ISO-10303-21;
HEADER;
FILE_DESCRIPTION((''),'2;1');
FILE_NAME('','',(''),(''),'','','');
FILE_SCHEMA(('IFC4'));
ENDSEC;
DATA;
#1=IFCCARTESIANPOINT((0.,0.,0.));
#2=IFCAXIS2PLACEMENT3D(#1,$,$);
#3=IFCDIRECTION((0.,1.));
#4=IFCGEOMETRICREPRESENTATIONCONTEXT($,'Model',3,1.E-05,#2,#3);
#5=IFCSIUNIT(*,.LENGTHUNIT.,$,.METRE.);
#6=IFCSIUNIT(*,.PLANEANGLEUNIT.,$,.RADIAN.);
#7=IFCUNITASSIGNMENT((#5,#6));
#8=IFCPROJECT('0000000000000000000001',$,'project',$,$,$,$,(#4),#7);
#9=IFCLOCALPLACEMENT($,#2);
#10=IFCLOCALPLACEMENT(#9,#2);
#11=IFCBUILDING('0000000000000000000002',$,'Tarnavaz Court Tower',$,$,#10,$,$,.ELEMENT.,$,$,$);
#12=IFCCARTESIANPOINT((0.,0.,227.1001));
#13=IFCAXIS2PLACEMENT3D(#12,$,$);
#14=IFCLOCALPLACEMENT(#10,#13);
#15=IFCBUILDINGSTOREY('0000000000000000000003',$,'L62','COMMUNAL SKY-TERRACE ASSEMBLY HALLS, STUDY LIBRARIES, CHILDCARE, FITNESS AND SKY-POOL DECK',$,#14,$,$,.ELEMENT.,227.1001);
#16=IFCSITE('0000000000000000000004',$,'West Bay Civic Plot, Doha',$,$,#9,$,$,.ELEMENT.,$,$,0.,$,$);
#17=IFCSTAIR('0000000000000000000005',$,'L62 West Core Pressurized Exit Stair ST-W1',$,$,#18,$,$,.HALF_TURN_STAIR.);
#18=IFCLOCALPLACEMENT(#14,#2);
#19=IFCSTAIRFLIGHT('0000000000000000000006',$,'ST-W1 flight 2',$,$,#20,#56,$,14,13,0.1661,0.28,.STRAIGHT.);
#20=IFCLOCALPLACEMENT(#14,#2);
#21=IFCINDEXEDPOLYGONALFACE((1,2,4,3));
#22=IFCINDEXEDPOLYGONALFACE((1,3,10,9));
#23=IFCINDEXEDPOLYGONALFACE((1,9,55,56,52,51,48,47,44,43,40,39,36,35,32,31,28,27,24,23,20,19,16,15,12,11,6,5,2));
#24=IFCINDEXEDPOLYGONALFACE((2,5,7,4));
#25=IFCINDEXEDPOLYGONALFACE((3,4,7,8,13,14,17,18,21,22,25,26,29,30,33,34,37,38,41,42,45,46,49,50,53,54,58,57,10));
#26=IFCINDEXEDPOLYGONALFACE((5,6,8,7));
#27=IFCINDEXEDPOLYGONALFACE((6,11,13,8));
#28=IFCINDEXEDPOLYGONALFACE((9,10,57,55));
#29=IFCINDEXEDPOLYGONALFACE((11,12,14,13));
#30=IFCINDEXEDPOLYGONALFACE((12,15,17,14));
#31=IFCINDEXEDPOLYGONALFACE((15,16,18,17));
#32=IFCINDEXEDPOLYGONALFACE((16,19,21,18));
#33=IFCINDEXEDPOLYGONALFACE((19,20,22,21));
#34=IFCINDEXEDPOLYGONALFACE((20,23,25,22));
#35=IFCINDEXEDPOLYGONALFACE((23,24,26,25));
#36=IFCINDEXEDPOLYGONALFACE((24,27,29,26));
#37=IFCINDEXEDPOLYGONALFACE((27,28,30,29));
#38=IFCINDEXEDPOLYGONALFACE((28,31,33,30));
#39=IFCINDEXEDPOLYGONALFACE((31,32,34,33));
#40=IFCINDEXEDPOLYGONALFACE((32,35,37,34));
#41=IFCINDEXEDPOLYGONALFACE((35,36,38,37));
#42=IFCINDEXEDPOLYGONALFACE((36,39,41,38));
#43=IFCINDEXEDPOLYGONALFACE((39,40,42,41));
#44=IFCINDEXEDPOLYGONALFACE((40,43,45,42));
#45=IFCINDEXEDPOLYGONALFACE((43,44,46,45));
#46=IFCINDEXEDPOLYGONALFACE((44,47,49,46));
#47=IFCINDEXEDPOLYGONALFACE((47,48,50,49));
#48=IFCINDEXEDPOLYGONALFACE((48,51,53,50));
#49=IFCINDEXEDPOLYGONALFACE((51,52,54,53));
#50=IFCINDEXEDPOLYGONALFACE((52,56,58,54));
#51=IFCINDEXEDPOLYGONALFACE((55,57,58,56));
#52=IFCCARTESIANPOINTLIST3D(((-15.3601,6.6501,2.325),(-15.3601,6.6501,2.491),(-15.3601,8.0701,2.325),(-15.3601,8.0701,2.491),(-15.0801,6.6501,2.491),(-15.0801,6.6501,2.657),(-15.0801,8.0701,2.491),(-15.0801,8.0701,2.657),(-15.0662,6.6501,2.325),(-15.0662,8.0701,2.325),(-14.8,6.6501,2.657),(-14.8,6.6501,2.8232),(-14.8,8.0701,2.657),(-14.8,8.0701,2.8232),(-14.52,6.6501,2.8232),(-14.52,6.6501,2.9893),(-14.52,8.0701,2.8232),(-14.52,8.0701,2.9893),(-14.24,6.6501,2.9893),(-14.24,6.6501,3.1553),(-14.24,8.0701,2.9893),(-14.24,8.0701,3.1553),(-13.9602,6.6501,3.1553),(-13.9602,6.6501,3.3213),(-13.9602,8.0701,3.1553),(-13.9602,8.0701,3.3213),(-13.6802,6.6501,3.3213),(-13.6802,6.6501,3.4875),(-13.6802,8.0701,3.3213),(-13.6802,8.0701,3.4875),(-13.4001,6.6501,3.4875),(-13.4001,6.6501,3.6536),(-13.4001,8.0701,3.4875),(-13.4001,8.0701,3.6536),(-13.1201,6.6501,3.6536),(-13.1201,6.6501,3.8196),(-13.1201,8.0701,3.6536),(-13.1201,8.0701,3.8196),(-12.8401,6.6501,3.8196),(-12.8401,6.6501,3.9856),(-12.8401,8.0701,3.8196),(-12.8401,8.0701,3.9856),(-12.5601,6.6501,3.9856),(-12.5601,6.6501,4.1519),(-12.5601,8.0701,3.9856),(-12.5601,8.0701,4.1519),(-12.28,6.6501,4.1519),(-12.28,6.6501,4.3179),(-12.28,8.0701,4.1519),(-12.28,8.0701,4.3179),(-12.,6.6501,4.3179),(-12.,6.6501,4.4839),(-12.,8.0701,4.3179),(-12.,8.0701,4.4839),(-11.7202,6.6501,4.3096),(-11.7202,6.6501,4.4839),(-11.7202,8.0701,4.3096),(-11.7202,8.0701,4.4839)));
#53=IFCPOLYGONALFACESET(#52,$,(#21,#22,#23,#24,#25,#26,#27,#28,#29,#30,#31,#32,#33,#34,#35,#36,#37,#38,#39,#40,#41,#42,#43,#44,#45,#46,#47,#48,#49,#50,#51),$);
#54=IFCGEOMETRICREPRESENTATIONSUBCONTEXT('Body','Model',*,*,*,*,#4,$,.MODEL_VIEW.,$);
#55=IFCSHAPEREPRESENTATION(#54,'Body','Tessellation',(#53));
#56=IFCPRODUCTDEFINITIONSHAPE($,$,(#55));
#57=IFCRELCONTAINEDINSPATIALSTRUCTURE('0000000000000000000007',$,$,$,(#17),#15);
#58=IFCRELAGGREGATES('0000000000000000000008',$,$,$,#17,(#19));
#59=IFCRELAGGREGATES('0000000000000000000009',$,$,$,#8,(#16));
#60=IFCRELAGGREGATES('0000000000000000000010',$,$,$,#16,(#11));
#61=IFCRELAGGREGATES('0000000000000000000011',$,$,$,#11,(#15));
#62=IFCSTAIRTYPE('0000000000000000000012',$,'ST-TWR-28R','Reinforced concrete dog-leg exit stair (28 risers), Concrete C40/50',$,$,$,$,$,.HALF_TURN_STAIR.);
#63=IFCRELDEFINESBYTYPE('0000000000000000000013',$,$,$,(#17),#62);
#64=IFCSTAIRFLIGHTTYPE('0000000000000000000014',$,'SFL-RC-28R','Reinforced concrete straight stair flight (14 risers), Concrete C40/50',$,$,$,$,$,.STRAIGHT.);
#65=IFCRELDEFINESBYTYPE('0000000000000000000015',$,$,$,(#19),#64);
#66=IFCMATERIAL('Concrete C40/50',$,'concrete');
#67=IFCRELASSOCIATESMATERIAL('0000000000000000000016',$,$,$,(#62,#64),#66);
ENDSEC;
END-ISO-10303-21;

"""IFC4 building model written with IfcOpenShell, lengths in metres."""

from ifc_helpers import new_model, si_unit, direction, frame, origin, place, context, subcontext, project, spatial, polyline, outline, extrude, material, type_object, element, aggregate, save


model = new_model("IFC4")

# Units and contexts
model_context = context("Model", 3, precision=1e-05, world=origin(), true_north=direction((0.0, 1.0)))
body_context = subcontext(model_context, "Body", "Model", "MODEL_VIEW")
ifc_project = project(units=[si_unit("LENGTHUNIT", "METRE"), si_unit("PLANEANGLEUNIT", "RADIAN")], contexts=[model_context])

# Site, building, storey
site_placement = place(None, origin())
site = spatial("IfcSite", under=ifc_project, at=site_placement, Name="West Bay Civic Plot, Doha", CompositionType="ELEMENT", RefElevation=0.0)
building_placement = place(site_placement, origin())
building = spatial("IfcBuilding", under=site, at=building_placement, Name="Tarnavaz Court Tower", CompositionType="ELEMENT")
storey_placement = place(building_placement, frame((0.0, 0.0, 227.1001)))
storey = spatial("IfcBuildingStorey", under=building, at=storey_placement, Name="L62", Description="COMMUNAL SKY-TERRACE ASSEMBLY HALLS, STUDY LIBRARIES, CHILDCARE, FITNESS AND SKY-POOL DECK", CompositionType="ELEMENT", Elevation=227.1001)

# Stair, stair flight
ifc_material_1 = material(Name="Concrete C40/50", Category="concrete")
stair_type = type_object("IfcStairType", Name="ST-TWR-28R", Description="Reinforced concrete dog-leg exit stair (28 risers), Concrete C40/50", PredefinedType="HALF_TURN_STAIR", material=ifc_material_1)
stair_placement = place(storey_placement, origin())
stair = element("IfcStair", 1, at=stair_placement, inside=storey, type_object=stair_type, Name="L62 West Core Pressurized Exit Stair ST-W1", PredefinedType="HALF_TURN_STAIR")
stair_flight_type = type_object("IfcStairFlightType", Name="SFL-RC-28R", Description="Reinforced concrete straight stair flight (14 risers), Concrete C40/50", PredefinedType="STRAIGHT", material=ifc_material_1)
stair_flight_placement = place(storey_placement, frame((-15.3601, 7.3601, 2.325), z_axis=(0.0, 0.0, 1.0), x_axis=(1.0, 0.0, 0.0)))
stair_flight = element("IfcStairFlight", 2, at=stair_flight_placement, type_object=stair_flight_type, Name="ST-W1 flight 2", NumberOfRisers=14, NumberOfTreads=13, PredefinedType="STRAIGHT", RiserHeight=0.1661, TreadLength=0.28, context=body_context, shape_type="SweptSolid", body=[
    extrude(outline(polyline([(0.0, 0.0), (0.0, 0.166), (0.28, 0.166), (0.28, 0.332), (0.5601, 0.332), (0.5601, 0.4983), (0.8401, 0.4983), (0.8401, 0.6643), (1.1201, 0.6643), (1.1201, 0.8303), (1.3999, 0.8303), (1.3999, 0.9963), (1.6799, 0.9963), (1.6799, 1.1626), (1.96, 1.1626), (1.96, 1.3286), (2.24, 1.3286), (2.24, 1.4946), (2.52, 1.4946), (2.52, 1.6606), (2.8, 1.6606), (2.8, 1.8269), (3.0801, 1.8269), (3.0801, 1.9929), (3.3601, 1.9929), (3.3601, 2.1589), (3.6399, 2.1589), (3.6399, 2.325), (3.6399, 1.9846), (0.2939, 0.0), (0.0, 0.0)])), frame((0.0, 0.71, 0.0), z_axis=(0.0, -1.0, 0.0), x_axis=(1.0, 0.0, 0.0)), (0.0, 0.0, 1.0), 1.4199),
])
aggregate(stair, [stair_flight])

save(model, "model.ifc")
